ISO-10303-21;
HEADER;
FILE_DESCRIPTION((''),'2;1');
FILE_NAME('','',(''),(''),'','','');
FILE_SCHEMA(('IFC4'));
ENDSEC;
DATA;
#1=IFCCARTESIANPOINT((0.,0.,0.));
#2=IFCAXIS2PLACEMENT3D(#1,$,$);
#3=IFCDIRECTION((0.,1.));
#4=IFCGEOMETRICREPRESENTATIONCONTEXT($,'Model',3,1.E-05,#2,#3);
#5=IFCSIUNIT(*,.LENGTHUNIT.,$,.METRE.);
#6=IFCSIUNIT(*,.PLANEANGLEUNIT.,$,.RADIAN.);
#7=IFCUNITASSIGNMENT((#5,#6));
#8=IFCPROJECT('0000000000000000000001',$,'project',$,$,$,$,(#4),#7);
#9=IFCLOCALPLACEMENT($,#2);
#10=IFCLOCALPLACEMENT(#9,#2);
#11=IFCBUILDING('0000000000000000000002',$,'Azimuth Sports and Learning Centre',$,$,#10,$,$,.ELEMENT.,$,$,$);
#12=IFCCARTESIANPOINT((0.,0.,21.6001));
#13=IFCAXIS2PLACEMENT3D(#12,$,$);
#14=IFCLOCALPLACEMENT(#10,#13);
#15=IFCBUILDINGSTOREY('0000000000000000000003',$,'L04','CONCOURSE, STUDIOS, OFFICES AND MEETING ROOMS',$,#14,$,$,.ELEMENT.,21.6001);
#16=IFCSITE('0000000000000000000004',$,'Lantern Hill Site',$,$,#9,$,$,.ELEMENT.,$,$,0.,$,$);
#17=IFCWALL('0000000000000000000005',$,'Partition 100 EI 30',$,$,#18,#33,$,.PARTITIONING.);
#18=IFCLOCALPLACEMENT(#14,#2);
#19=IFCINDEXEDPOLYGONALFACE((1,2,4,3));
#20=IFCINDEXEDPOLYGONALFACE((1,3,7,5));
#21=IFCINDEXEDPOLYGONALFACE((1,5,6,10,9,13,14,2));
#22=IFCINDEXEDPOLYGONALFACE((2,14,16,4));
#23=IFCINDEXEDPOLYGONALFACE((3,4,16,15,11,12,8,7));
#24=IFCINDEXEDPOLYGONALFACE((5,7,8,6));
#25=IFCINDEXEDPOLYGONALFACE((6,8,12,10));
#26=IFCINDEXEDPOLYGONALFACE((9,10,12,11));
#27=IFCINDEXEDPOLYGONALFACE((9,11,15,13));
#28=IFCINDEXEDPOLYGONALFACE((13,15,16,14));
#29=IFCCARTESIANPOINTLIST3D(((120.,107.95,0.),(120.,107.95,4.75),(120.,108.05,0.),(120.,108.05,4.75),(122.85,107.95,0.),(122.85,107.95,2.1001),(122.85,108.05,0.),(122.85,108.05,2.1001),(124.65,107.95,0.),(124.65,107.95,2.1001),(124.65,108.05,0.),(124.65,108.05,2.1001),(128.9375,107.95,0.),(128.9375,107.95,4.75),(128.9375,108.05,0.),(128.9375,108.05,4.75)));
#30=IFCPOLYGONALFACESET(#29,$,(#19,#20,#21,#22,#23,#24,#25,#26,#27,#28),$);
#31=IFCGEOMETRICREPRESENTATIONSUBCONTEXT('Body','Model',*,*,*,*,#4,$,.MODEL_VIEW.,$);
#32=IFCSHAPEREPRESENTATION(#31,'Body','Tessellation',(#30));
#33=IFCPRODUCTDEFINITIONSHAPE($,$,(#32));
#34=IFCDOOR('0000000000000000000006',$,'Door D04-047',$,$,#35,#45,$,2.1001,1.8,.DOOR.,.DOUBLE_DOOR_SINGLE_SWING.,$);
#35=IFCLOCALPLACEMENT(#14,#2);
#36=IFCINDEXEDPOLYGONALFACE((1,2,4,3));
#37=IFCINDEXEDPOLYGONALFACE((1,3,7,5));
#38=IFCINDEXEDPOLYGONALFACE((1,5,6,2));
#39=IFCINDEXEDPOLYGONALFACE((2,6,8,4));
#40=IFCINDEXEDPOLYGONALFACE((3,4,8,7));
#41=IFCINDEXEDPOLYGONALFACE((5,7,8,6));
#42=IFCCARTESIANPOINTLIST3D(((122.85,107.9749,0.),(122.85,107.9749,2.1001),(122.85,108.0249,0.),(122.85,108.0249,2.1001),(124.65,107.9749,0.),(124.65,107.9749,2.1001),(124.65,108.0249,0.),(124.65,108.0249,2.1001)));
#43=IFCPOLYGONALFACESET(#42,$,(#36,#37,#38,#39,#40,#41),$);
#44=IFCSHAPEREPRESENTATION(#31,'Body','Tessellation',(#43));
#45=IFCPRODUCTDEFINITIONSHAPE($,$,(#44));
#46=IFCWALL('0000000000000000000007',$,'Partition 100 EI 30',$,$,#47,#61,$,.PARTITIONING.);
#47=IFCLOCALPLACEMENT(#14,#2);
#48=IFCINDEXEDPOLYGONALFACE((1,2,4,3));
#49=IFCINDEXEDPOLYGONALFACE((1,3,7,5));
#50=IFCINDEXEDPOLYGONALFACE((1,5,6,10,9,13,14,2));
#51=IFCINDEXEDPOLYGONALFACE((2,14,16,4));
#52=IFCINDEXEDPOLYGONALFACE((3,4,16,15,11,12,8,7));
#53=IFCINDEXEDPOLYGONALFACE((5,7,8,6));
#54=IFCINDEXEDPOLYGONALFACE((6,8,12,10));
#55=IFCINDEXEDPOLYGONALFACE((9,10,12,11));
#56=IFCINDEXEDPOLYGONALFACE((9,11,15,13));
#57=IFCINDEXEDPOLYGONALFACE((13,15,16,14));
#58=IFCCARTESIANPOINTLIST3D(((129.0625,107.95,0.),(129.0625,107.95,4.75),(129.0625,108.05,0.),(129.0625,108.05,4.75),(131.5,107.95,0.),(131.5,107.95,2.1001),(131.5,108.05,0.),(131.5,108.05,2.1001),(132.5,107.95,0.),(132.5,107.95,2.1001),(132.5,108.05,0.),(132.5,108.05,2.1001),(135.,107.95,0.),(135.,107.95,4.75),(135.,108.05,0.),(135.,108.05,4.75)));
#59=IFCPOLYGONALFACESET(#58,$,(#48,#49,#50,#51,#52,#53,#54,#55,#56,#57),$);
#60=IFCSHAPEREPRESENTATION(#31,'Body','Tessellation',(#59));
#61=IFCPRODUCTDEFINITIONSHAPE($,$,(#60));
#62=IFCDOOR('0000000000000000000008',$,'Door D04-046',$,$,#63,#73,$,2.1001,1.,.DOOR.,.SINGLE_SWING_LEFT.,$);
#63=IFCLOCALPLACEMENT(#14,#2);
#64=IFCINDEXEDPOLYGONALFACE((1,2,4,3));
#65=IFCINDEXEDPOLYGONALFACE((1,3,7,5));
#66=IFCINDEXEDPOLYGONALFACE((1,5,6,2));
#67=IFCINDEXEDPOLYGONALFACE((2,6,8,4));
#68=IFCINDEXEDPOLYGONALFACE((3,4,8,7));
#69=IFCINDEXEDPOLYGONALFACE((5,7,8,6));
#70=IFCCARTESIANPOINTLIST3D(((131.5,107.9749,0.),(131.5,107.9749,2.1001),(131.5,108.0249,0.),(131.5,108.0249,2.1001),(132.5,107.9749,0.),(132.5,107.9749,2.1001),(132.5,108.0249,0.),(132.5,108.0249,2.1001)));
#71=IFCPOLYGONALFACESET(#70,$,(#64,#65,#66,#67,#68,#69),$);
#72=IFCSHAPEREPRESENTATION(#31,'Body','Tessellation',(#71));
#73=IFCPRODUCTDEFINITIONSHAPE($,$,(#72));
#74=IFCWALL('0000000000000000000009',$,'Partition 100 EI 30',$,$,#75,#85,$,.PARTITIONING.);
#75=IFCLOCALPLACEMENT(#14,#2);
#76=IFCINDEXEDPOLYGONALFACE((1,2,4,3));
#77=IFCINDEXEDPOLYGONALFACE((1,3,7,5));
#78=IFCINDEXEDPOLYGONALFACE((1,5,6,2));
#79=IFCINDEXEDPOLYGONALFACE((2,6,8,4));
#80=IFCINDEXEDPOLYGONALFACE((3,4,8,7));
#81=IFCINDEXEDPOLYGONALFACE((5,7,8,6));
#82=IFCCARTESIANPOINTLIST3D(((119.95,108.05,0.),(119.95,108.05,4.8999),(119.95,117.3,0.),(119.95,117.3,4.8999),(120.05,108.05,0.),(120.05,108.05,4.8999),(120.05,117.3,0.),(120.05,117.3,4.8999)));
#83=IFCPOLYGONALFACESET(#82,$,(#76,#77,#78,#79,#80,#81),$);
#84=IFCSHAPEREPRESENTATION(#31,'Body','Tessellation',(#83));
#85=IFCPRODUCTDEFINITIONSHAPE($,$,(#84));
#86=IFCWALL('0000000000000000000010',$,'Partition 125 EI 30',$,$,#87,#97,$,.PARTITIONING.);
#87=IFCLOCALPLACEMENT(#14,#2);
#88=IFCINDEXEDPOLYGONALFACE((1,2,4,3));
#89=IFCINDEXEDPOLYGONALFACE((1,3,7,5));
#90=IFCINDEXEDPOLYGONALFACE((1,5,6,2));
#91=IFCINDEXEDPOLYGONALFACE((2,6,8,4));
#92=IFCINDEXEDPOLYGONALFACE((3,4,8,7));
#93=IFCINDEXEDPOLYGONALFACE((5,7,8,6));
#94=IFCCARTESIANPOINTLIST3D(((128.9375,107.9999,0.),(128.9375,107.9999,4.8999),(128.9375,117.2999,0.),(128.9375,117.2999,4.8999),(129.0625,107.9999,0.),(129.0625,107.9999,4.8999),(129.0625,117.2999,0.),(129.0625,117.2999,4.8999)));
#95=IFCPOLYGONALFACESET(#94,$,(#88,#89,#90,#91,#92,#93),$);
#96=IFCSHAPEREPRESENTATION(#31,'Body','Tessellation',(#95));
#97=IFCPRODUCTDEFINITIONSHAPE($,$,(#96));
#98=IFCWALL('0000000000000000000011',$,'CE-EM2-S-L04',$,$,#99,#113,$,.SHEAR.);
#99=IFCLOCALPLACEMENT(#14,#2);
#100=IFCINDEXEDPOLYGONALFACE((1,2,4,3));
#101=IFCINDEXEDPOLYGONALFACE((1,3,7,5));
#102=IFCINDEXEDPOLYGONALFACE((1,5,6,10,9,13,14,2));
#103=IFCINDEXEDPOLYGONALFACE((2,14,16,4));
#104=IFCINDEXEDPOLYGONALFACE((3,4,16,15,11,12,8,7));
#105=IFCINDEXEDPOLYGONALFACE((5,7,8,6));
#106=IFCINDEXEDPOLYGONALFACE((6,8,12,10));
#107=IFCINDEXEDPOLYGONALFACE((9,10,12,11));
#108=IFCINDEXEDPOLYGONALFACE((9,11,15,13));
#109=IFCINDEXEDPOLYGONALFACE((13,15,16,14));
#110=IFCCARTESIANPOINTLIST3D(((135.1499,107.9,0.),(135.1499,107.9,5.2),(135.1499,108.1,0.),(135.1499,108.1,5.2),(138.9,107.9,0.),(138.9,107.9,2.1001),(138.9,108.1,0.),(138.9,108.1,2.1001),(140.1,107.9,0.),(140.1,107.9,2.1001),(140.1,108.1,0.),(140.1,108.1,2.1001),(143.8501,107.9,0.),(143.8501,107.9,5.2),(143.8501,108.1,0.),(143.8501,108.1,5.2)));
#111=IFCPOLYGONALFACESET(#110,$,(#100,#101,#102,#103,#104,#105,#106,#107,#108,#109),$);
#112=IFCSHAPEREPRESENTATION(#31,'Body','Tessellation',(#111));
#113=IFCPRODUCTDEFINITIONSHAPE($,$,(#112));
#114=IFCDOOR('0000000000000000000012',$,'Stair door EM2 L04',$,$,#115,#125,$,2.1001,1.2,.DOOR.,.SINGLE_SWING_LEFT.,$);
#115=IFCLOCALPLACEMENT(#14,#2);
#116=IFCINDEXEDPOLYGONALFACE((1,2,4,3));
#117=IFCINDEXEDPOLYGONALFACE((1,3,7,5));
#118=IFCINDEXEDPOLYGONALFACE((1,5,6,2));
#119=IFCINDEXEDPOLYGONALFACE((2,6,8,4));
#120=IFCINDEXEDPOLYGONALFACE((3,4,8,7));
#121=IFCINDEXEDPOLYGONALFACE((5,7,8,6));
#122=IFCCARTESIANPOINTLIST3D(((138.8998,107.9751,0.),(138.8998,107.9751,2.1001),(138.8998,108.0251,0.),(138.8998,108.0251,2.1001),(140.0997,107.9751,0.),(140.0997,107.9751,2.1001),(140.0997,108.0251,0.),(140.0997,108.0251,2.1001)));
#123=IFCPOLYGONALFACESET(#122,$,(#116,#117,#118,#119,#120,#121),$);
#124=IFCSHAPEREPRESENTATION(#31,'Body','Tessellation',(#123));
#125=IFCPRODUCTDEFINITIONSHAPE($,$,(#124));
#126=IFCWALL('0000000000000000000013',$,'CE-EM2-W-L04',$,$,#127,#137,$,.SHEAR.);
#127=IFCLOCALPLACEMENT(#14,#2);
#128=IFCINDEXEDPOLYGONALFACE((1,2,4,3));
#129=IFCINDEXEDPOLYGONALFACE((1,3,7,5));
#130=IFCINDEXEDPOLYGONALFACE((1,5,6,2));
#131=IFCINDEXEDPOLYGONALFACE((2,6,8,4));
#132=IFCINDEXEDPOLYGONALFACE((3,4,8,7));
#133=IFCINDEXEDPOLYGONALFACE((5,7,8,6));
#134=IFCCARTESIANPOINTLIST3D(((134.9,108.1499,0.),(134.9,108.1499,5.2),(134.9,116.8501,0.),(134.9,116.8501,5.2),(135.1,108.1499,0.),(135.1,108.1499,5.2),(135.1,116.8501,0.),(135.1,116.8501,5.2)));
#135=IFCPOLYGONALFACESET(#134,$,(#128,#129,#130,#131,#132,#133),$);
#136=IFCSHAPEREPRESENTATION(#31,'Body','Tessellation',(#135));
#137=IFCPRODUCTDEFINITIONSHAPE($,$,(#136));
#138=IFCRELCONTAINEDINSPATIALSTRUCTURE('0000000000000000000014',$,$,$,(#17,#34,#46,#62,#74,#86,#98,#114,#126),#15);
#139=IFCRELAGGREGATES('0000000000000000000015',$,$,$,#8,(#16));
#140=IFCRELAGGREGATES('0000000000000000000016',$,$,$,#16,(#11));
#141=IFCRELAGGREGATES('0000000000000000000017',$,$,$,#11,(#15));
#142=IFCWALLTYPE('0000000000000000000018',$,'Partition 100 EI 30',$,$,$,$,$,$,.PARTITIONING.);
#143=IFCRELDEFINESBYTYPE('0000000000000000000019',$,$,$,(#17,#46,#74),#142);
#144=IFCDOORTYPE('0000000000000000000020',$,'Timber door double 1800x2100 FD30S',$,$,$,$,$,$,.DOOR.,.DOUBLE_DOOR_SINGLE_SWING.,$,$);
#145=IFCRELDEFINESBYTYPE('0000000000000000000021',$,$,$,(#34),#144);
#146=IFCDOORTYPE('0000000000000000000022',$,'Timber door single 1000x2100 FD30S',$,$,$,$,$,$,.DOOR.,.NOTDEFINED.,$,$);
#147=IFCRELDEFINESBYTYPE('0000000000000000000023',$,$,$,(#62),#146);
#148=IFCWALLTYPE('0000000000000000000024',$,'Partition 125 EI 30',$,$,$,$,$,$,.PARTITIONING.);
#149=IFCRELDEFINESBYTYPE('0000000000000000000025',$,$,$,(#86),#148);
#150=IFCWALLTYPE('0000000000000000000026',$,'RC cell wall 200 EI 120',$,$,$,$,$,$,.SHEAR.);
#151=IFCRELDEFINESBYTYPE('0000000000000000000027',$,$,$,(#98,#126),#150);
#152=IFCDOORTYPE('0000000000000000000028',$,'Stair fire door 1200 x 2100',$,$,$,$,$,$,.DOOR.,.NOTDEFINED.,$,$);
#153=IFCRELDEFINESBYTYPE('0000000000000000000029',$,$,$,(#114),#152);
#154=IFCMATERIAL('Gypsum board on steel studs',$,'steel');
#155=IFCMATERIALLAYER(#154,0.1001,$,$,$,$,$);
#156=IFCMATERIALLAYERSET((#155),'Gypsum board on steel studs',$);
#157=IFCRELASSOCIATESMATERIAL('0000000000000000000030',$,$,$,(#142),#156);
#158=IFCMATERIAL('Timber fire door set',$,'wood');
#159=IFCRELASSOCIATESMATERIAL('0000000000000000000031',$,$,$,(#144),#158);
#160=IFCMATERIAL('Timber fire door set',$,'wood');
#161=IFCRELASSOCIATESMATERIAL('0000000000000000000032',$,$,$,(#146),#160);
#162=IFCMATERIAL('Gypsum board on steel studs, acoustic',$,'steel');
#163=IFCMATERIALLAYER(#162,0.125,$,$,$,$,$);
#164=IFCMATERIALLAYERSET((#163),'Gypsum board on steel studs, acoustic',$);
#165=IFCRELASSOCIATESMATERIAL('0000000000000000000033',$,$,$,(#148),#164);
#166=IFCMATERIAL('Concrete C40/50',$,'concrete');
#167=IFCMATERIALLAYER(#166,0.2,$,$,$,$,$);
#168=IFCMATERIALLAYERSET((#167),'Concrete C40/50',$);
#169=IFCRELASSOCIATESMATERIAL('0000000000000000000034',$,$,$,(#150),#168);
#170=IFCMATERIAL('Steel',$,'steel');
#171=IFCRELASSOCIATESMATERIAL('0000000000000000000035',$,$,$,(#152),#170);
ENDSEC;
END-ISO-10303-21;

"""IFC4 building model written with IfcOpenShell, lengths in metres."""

from ifc_helpers import new_model, si_unit, direction, frame, frame_2d, origin, place, context, subcontext, project, spatial, rectangle, extrude, material, layer, layer_set, type_object, element, fill, save


model = new_model("IFC4")

# Units and contexts
model_context = context("Model", 3, precision=1e-05, world=origin(), true_north=direction((0.0, 1.0)))
body_context = subcontext(model_context, "Body", "Model", "MODEL_VIEW")
ifc_project = project(units=[si_unit("LENGTHUNIT", "METRE"), si_unit("PLANEANGLEUNIT", "RADIAN")], contexts=[model_context])

# Site, building, storey
site_placement = place(None, origin())
site = spatial("IfcSite", under=ifc_project, at=site_placement, Name="Lantern Hill Site", CompositionType="ELEMENT", RefElevation=0.0)
building_placement = place(site_placement, origin())
building = spatial("IfcBuilding", under=site, at=building_placement, Name="Azimuth Sports and Learning Centre", CompositionType="ELEMENT")
storey_placement = place(building_placement, frame((0.0, 0.0, 21.6001)))
storey = spatial("IfcBuildingStorey", under=building, at=storey_placement, Name="L04", Description="CONCOURSE, STUDIOS, OFFICES AND MEETING ROOMS", CompositionType="ELEMENT", Elevation=21.6001)

# Walls, openings, doors
ifc_material_1 = material(Name="Gypsum board on steel studs", Category="steel")
ifc_layer_1 = layer(ifc_material_1, 0.1001)
ifc_layer_set_1 = layer_set([ifc_layer_1], Name="Gypsum board on steel studs")
wall_type_1 = type_object("IfcWallType", Name="Partition 100 EI 30", PredefinedType="PARTITIONING", material=ifc_layer_set_1)
wall_1_placement = place(storey_placement, frame((120.0, 108.0, 0.0), z_axis=(0.0, 0.0, 1.0), x_axis=(1.0, 0.0, 0.0)))
wall_1 = element("IfcWall", 1, at=wall_1_placement, inside=storey, type_object=wall_type_1, Name="Partition 100 EI 30", PredefinedType="PARTITIONING", context=body_context, shape_type="SweptSolid", body=[
    extrude(rectangle(XDim=8.9375, YDim=0.1001, at=frame_2d((4.4688, 0.0))), origin(), (0.0, 0.0, 1.0), 4.75),
])
opening_1_placement = place(wall_1_placement, frame((2.8501, 0.0, 0.0)))
opening_1 = element("IfcOpeningElement", 2, at=opening_1_placement, cuts=wall_1, PredefinedType="OPENING", context=body_context, shape_type="SweptSolid", body=[
    extrude(rectangle(XDim=1.8, YDim=2.1001, at=frame_2d((0.8999, 1.05))), frame((0.0, 0.061, 0.0), z_axis=(0.0, -1.0, 0.0), x_axis=(1.0, 0.0, 0.0)), (0.0, 0.0, 1.0), 0.1221),
])
ifc_material_2 = material(Name="Timber fire door set", Category="wood")
door_type_1 = type_object("IfcDoorType", Name="Timber door double 1800x2100 FD30S", OperationType="DOUBLE_DOOR_SINGLE_SWING", PredefinedType="DOOR", material=ifc_material_2)
door_1_placement = place(opening_1_placement, origin())
door_1 = element("IfcDoor", 3, at=door_1_placement, inside=storey, type_object=door_type_1, Name="Door D04-047", OperationType="DOUBLE_DOOR_SINGLE_SWING", OverallHeight=2.1001, OverallWidth=1.8, PredefinedType="DOOR", context=body_context, shape_type="SweptSolid", body=[
    extrude(rectangle(XDim=1.8, YDim=2.1001, at=frame_2d((0.8999, 1.05))), frame((0.0, 0.0249, 0.0), z_axis=(0.0, -1.0, 0.0), x_axis=(1.0, 0.0, 0.0)), (0.0, 0.0, 1.0), 0.05),
])
fill(opening_1, door_1)
wall_2_placement = place(storey_placement, frame((129.0625, 108.0, 0.0), z_axis=(0.0, 0.0, 1.0), x_axis=(1.0, 0.0, 0.0)))
wall_2 = element("IfcWall", 4, at=wall_2_placement, inside=storey, type_object=wall_type_1, Name="Partition 100 EI 30", PredefinedType="PARTITIONING", context=body_context, shape_type="SweptSolid", body=[
    extrude(rectangle(XDim=5.9375, YDim=0.1001, at=frame_2d((2.9688, 0.0))), origin(), (0.0, 0.0, 1.0), 4.75),
])
opening_2_placement = place(wall_2_placement, frame((2.4375, 0.0, 0.0)))
opening_2 = element("IfcOpeningElement", 5, at=opening_2_placement, cuts=wall_2, PredefinedType="OPENING", context=body_context, shape_type="SweptSolid", body=[
    extrude(rectangle(XDim=1.0, YDim=2.1001, at=frame_2d((0.5, 1.05))), frame((0.0, 0.061, 0.0), z_axis=(0.0, -1.0, 0.0), x_axis=(1.0, 0.0, 0.0)), (0.0, 0.0, 1.0), 0.1221),
])
ifc_material_3 = material(Name="Timber fire door set", Category="wood")
door_type_2 = type_object("IfcDoorType", Name="Timber door single 1000x2100 FD30S", OperationType="NOTDEFINED", PredefinedType="DOOR", material=ifc_material_3)
door_2_placement = place(opening_2_placement, origin())
door_2 = element("IfcDoor", 6, at=door_2_placement, inside=storey, type_object=door_type_2, Name="Door D04-046", OperationType="SINGLE_SWING_LEFT", OverallHeight=2.1001, OverallWidth=1.0, PredefinedType="DOOR", context=body_context, shape_type="SweptSolid", body=[
    extrude(rectangle(XDim=1.0, YDim=2.1001, at=frame_2d((0.5, 1.05))), frame((0.0, 0.0249, 0.0), z_axis=(0.0, -1.0, 0.0), x_axis=(1.0, 0.0, 0.0)), (0.0, 0.0, 1.0), 0.05),
])
fill(opening_2, door_2)

# Walls
wall_3_placement = place(storey_placement, frame((120.0, 108.05, 0.0), z_axis=(0.0, 0.0, 1.0), x_axis=(0.0, 1.0, 0.0)))
element("IfcWall", 7, at=wall_3_placement, inside=storey, type_object=wall_type_1, Name="Partition 100 EI 30", PredefinedType="PARTITIONING", context=body_context, shape_type="SweptSolid", body=[
    extrude(rectangle(XDim=9.25, YDim=0.1001, at=frame_2d((4.625, 0.0))), origin(), (0.0, 0.0, 1.0), 4.8999),
])
ifc_material_4 = material(Name="Gypsum board on steel studs, acoustic", Category="steel")
ifc_layer_2 = layer(ifc_material_4, 0.125)
ifc_layer_set_2 = layer_set([ifc_layer_2], Name="Gypsum board on steel studs, acoustic")
wall_type_2 = type_object("IfcWallType", Name="Partition 125 EI 30", PredefinedType="PARTITIONING", material=ifc_layer_set_2)
wall_4_placement = place(storey_placement, frame((129.0, 108.0, 0.0), z_axis=(0.0, 0.0, 1.0), x_axis=(0.0, 1.0, 0.0)))
element("IfcWall", 8, at=wall_4_placement, inside=storey, type_object=wall_type_2, Name="Partition 125 EI 30", PredefinedType="PARTITIONING", context=body_context, shape_type="SweptSolid", body=[
    extrude(rectangle(XDim=9.3, YDim=0.125, at=frame_2d((4.6499, 0.0))), origin(), (0.0, 0.0, 1.0), 4.8999),
])

# Wall, opening, door
ifc_material_5 = material(Name="Concrete C40/50", Category="concrete")
ifc_layer_3 = layer(ifc_material_5, 0.2)
ifc_layer_set_3 = layer_set([ifc_layer_3], Name="Concrete C40/50")
wall_type_3 = type_object("IfcWallType", Name="RC cell wall 200 EI 120", PredefinedType="SHEAR", material=ifc_layer_set_3)
wall_5_placement = place(storey_placement, frame((135.1499, 108.0, 0.0), z_axis=(0.0, 0.0, 1.0), x_axis=(1.0, 0.0, 0.0)))
wall_5 = element("IfcWall", 9, at=wall_5_placement, inside=storey, type_object=wall_type_3, Name="CE-EM2-S-L04", PredefinedType="SHEAR", context=body_context, shape_type="SweptSolid", body=[
    extrude(rectangle(XDim=8.7002, YDim=0.2, at=frame_2d((4.3501, 0.0))), origin(), (0.0, 0.0, 1.0), 5.2),
])
opening_3_placement = place(wall_5_placement, frame((3.75, 0.0, 0.0)))
opening_3 = element("IfcOpeningElement", 10, at=opening_3_placement, cuts=wall_5, PredefinedType="OPENING", context=body_context, shape_type="SweptSolid", body=[
    extrude(rectangle(XDim=1.2, YDim=2.1001, at=frame_2d((0.6001, 1.05))), frame((0.0, 0.1108, 0.0), z_axis=(0.0, -1.0, 0.0), x_axis=(1.0, 0.0, 0.0)), (0.0, 0.0, 1.0), 0.2219),
])
ifc_material_6 = material(Name="Steel", Category="steel")
door_type_3 = type_object("IfcDoorType", Name="Stair fire door 1200 x 2100", OperationType="NOTDEFINED", PredefinedType="DOOR", material=ifc_material_6)
door_3_placement = place(opening_3_placement, frame((1.2, 0.0, 0.0), z_axis=(0.0, 0.0, 1.0), x_axis=(-1.0, 0.0, 0.0)))
door_3 = element("IfcDoor", 11, at=door_3_placement, inside=storey, type_object=door_type_3, Name="Stair door EM2 L04", OperationType="SINGLE_SWING_LEFT", OverallHeight=2.1001, OverallWidth=1.2, PredefinedType="DOOR", context=body_context, shape_type="SweptSolid", body=[
    extrude(rectangle(XDim=1.2, YDim=2.1001, at=frame_2d((0.6001, 1.05))), frame((0.0, 0.0249, 0.0), z_axis=(0.0, -1.0, 0.0), x_axis=(1.0, 0.0, 0.0)), (0.0, 0.0, 1.0), 0.05),
])
fill(opening_3, door_3)

# Wall
wall_6_placement = place(storey_placement, frame((135.0, 108.1499, 0.0), z_axis=(0.0, 0.0, 1.0), x_axis=(0.0, 1.0, 0.0)))
element("IfcWall", 12, at=wall_6_placement, inside=storey, type_object=wall_type_3, Name="CE-EM2-W-L04", PredefinedType="SHEAR", context=body_context, shape_type="SweptSolid", body=[
    extrude(rectangle(XDim=8.7002, YDim=0.2, at=frame_2d((4.3501, 0.0))), origin(), (0.0, 0.0, 1.0), 5.2),
])

save(model, "model.ifc")
